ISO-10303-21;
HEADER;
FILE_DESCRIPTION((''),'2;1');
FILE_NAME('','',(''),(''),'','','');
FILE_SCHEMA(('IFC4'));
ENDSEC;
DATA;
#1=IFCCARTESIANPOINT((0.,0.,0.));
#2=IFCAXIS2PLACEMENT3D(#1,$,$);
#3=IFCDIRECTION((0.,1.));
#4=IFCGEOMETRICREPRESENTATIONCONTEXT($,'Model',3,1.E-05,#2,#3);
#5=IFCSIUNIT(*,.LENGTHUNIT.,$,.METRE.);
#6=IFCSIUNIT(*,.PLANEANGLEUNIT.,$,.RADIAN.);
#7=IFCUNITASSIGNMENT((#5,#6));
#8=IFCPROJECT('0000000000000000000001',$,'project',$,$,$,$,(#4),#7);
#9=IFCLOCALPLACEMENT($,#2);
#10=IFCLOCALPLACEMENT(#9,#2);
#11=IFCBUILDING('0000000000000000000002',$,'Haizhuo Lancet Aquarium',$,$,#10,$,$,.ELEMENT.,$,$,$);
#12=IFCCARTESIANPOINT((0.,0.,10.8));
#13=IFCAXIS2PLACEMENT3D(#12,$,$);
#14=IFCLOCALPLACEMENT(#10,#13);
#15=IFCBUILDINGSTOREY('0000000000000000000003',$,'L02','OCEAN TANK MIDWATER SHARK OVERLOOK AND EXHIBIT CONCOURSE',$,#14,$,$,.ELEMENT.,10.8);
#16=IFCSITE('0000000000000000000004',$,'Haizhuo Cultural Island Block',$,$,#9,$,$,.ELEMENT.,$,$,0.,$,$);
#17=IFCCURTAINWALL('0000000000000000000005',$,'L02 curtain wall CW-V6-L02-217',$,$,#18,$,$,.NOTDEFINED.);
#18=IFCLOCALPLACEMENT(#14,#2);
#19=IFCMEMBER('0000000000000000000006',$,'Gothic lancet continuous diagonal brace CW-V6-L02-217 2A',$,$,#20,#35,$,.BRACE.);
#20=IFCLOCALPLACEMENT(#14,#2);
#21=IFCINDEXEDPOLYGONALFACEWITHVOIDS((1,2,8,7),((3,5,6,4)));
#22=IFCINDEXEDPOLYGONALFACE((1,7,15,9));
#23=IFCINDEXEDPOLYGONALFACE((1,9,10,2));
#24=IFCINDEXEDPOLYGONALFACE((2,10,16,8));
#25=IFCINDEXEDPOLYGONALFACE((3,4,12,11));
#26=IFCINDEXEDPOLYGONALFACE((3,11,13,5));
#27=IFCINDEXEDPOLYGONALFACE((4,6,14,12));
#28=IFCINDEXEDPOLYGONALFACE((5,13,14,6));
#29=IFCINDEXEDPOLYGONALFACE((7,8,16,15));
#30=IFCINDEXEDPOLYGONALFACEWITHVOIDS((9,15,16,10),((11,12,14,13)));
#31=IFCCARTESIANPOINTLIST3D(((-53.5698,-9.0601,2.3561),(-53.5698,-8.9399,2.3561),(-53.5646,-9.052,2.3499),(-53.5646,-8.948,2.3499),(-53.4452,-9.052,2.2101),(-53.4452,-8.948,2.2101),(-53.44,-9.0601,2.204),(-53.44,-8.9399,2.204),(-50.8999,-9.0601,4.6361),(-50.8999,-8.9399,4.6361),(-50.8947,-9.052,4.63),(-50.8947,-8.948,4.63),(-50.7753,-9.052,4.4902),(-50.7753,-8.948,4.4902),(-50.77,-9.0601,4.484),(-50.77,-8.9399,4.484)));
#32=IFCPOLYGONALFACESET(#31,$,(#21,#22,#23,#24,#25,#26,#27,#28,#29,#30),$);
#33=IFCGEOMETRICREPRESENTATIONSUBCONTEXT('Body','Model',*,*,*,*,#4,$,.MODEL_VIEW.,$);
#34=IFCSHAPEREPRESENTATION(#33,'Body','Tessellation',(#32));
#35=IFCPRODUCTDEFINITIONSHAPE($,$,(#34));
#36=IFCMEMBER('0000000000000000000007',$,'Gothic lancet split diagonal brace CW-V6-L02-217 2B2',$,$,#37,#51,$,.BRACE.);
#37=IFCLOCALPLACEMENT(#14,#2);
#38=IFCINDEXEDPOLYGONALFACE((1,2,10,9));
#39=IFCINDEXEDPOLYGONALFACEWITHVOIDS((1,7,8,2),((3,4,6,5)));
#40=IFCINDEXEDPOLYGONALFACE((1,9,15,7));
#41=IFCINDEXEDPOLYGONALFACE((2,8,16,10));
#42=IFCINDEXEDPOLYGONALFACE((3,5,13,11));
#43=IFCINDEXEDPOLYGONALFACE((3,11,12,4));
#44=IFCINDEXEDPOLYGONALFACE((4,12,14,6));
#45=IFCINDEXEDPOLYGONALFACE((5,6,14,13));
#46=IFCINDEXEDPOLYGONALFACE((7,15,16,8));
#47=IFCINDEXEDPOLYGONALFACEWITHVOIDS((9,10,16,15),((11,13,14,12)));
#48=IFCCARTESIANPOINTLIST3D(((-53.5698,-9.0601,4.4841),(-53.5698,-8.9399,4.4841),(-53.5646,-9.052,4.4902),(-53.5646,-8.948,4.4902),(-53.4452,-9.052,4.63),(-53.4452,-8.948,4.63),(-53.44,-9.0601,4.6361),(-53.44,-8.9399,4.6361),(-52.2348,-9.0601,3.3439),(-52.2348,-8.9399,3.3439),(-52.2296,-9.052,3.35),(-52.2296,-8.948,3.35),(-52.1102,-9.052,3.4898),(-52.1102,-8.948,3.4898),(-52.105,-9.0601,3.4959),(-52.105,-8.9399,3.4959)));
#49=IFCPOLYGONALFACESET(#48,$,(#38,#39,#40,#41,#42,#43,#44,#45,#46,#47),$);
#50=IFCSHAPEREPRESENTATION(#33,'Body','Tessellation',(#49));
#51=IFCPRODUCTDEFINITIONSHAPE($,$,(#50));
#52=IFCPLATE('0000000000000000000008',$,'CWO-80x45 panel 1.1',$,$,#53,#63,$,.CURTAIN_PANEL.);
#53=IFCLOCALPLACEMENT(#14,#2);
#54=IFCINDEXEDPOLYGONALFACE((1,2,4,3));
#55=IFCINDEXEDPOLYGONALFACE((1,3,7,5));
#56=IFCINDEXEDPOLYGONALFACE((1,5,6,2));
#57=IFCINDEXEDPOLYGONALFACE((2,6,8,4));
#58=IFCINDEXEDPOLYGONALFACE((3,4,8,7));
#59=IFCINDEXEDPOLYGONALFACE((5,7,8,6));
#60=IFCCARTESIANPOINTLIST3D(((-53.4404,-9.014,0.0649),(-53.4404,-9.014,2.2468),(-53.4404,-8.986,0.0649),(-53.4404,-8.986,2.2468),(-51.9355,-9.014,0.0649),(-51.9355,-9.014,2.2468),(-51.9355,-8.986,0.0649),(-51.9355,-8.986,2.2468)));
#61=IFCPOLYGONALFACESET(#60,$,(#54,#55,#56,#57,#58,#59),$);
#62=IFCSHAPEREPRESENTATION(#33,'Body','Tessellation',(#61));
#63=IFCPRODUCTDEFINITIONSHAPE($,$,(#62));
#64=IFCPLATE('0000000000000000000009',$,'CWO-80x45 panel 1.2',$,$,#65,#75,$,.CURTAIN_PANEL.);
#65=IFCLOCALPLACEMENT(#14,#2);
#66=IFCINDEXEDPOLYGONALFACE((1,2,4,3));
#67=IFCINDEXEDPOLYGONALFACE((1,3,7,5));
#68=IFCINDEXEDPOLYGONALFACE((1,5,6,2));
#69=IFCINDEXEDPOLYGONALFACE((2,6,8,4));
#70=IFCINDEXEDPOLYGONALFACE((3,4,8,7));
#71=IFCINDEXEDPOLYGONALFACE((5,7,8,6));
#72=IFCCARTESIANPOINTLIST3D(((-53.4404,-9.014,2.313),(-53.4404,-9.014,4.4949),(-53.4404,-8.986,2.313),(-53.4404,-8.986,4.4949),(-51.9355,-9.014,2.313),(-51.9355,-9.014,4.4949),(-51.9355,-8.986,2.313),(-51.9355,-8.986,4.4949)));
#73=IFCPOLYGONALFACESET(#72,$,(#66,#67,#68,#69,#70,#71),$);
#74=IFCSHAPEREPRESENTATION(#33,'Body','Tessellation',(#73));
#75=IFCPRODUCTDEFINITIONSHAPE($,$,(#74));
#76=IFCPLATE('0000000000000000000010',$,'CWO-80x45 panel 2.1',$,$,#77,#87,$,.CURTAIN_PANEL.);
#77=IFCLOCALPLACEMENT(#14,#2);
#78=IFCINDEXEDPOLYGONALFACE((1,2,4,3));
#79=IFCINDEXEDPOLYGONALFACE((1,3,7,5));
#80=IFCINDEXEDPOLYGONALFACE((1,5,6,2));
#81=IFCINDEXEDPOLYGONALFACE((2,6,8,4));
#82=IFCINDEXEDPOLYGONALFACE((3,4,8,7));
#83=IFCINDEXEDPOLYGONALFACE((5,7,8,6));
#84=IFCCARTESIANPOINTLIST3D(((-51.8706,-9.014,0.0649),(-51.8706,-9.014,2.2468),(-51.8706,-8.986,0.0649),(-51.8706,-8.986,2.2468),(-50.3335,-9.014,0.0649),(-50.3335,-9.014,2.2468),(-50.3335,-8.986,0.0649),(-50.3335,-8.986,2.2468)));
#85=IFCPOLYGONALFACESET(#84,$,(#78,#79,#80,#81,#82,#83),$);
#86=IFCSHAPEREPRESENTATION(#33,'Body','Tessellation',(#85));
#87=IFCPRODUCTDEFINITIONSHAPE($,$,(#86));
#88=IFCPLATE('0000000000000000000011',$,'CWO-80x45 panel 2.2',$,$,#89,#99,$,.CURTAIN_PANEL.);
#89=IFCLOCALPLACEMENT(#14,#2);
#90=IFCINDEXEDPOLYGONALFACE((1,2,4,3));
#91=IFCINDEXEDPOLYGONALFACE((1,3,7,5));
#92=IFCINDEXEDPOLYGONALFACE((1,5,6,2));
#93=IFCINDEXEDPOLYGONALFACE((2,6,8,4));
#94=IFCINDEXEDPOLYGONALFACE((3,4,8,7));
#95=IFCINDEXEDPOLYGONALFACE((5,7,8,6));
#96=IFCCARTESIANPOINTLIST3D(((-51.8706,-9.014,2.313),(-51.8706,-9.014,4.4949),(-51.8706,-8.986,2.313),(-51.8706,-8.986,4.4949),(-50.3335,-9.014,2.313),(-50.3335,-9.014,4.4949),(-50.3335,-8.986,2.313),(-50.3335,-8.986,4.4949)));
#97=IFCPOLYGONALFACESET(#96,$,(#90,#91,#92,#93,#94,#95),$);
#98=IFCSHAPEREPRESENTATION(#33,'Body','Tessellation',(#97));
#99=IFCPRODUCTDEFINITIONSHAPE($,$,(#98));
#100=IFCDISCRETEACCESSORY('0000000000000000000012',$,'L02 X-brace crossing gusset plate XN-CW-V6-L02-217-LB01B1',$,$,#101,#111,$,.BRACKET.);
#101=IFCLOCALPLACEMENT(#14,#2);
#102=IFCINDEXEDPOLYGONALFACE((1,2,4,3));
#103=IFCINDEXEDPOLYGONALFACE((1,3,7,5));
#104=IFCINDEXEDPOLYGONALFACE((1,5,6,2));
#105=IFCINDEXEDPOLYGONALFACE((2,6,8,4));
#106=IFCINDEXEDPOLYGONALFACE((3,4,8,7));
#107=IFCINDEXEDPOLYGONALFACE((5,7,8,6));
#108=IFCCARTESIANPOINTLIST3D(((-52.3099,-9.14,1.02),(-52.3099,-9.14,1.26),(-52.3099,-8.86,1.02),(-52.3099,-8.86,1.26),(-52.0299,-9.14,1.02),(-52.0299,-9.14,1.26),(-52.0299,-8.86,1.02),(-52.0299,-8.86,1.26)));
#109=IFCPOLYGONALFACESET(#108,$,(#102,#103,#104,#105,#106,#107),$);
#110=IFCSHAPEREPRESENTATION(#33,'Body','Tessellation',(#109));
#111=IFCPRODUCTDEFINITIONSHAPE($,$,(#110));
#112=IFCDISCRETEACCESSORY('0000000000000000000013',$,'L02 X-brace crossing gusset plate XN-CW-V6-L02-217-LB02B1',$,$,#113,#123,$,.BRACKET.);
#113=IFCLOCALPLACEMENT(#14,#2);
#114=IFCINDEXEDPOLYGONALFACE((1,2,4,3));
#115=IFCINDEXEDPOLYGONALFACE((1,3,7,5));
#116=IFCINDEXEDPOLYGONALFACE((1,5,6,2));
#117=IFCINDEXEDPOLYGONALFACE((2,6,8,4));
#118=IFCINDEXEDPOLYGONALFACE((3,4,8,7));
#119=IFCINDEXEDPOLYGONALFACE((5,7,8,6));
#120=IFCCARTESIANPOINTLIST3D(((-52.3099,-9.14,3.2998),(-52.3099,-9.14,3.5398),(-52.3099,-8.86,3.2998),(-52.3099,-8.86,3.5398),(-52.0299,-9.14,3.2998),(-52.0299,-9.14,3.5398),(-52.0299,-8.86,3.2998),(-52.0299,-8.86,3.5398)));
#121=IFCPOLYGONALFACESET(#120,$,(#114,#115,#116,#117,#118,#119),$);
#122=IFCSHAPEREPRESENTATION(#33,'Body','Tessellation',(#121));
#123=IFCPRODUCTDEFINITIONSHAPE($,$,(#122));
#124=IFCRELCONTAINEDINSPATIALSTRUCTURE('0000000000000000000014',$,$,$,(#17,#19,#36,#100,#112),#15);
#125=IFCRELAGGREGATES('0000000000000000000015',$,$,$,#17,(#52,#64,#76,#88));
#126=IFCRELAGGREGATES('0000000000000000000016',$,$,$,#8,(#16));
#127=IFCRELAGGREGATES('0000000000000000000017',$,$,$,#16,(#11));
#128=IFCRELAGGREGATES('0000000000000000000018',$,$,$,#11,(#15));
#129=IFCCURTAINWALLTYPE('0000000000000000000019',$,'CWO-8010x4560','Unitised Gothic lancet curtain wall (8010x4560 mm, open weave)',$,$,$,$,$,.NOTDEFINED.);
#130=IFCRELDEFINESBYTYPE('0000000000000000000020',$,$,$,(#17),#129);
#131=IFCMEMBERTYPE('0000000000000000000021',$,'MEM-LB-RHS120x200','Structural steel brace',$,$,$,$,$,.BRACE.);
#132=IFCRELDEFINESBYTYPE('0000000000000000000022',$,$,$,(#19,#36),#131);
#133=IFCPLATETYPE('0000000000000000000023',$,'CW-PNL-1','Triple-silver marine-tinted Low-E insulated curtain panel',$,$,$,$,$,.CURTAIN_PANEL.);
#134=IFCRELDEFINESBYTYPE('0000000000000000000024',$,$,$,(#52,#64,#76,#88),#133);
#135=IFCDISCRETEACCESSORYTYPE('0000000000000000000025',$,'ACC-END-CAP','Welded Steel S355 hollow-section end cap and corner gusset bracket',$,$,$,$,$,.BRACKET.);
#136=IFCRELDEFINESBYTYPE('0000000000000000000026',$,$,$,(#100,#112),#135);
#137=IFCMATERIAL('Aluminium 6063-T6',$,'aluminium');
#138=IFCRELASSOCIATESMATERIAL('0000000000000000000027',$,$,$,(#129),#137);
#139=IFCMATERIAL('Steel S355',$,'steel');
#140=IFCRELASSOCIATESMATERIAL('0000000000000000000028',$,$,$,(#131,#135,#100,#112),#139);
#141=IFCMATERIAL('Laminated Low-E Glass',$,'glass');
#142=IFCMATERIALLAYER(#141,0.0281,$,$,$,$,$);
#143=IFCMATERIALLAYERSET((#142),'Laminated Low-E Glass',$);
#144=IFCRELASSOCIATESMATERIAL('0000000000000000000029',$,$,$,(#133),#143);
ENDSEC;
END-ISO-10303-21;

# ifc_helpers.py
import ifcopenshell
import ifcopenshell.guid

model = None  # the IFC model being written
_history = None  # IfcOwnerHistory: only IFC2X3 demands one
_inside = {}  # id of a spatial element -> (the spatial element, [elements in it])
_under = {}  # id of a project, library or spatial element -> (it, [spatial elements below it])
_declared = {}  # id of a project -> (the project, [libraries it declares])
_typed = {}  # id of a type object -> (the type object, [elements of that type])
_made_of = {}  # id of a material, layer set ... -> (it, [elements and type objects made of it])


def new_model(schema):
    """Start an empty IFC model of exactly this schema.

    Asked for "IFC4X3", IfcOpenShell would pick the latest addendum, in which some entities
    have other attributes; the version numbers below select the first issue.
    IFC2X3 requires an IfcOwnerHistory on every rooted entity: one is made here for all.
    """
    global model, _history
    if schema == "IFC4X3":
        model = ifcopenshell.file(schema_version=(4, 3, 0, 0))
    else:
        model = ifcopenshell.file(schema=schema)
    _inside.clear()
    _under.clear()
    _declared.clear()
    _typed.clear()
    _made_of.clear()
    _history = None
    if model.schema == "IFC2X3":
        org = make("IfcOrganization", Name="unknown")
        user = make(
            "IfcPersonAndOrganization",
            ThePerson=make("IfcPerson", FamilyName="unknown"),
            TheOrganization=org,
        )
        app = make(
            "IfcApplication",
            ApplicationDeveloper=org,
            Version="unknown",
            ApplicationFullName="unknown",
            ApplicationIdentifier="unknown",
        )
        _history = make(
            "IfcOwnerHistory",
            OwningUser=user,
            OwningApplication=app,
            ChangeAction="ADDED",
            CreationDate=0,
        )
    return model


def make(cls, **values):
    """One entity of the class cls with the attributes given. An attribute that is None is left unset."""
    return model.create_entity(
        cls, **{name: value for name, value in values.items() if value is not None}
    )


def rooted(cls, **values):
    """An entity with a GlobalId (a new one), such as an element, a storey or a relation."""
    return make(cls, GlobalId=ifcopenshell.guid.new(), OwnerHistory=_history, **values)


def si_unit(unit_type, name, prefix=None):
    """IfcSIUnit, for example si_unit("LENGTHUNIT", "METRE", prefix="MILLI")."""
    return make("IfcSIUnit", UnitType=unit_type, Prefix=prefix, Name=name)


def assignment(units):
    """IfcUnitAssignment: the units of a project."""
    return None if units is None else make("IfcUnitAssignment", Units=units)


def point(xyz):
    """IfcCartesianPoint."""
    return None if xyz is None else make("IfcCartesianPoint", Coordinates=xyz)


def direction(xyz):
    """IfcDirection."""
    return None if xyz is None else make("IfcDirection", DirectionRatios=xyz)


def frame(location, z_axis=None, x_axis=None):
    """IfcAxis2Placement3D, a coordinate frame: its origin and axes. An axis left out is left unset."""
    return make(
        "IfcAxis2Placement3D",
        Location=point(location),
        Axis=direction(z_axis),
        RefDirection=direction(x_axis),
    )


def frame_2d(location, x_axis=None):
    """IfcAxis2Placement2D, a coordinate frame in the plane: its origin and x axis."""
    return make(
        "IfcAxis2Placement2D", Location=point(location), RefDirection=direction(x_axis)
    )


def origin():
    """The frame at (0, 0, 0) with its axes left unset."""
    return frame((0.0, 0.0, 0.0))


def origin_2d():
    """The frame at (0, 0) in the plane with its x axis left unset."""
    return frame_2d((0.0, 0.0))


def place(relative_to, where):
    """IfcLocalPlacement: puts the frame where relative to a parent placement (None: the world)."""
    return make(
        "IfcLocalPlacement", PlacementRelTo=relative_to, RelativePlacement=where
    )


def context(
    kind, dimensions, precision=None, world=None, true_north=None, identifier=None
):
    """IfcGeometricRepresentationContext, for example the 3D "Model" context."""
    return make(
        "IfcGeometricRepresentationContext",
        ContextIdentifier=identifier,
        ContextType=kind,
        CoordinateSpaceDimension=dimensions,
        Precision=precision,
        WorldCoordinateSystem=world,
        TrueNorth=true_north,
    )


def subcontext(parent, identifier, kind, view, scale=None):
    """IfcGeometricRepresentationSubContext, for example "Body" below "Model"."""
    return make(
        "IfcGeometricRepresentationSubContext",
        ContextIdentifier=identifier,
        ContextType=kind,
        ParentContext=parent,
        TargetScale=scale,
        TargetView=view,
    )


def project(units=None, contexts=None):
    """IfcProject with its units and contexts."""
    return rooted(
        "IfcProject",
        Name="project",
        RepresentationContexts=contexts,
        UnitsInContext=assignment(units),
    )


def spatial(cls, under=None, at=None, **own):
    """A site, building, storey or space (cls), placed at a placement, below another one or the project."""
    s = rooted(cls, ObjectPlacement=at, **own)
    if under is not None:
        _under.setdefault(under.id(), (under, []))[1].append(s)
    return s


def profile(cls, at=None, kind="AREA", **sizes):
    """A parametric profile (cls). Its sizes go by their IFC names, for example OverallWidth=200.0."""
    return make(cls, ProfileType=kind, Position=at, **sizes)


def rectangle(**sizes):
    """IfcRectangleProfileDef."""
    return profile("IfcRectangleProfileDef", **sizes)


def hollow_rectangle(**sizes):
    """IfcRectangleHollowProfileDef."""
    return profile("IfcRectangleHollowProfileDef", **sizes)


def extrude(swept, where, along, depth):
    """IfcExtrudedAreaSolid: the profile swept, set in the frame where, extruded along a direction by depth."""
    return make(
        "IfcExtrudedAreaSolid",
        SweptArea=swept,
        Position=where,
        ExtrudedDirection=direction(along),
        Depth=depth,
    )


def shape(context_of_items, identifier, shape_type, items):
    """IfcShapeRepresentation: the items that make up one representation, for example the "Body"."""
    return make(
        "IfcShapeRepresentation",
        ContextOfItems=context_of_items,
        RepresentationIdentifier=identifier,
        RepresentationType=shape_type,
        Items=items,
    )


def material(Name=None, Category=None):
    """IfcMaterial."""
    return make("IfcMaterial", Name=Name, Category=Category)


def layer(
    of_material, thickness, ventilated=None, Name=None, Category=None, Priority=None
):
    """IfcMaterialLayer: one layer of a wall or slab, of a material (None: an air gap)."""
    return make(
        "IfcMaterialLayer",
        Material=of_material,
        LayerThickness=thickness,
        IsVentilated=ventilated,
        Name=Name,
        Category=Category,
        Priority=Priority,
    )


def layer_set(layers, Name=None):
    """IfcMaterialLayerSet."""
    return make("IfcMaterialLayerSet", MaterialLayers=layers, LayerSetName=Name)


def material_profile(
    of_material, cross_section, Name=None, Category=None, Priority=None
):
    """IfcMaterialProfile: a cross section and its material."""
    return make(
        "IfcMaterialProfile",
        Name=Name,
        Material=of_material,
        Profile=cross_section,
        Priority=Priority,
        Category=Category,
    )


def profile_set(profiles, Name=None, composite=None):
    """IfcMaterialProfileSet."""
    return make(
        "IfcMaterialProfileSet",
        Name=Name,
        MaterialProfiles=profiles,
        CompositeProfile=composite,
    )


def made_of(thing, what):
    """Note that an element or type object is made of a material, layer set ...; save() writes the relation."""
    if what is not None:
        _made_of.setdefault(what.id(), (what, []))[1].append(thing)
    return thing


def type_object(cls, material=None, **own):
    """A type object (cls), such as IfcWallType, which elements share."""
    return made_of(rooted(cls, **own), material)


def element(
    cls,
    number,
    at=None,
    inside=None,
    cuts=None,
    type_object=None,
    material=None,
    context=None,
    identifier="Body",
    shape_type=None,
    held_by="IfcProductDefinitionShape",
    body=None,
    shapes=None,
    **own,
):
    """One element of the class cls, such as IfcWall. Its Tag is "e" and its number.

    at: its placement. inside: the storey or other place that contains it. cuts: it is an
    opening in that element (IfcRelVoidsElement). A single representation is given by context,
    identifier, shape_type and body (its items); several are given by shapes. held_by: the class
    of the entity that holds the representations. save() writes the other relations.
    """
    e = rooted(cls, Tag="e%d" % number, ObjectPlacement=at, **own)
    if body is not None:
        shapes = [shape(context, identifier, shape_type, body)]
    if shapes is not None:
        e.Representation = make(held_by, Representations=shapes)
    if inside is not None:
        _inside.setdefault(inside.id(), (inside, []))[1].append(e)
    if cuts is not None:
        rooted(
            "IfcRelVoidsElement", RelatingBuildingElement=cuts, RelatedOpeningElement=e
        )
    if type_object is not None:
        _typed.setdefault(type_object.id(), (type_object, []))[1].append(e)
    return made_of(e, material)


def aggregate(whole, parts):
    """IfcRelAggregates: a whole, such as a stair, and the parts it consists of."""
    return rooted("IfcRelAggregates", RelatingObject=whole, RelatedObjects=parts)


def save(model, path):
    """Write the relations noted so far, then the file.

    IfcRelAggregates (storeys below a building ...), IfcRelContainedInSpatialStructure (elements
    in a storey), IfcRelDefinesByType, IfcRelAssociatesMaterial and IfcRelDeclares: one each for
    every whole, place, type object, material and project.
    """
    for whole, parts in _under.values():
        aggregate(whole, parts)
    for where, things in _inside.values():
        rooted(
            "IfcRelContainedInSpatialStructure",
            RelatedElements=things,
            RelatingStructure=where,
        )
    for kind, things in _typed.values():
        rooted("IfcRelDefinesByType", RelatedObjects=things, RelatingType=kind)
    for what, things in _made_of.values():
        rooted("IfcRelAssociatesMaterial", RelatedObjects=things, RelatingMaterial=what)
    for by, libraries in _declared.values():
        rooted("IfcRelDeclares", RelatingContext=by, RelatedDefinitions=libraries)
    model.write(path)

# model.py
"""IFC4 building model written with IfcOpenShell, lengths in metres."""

from ifc_helpers import new_model, si_unit, direction, frame, origin, origin_2d, place, context, subcontext, project, spatial, rectangle, hollow_rectangle, extrude, material, layer, layer_set, material_profile, profile_set, type_object, element, aggregate, save


model = new_model("IFC4")

# Units and contexts
model_context = context("Model", 3, precision=1e-05, world=origin(), true_north=direction((0.0, 1.0)))
body_context = subcontext(model_context, "Body", "Model", "MODEL_VIEW")
ifc_project = project(units=[si_unit("LENGTHUNIT", "METRE"), si_unit("PLANEANGLEUNIT", "RADIAN")], contexts=[model_context])

# Site, building, storey
site_placement = place(None, origin())
site = spatial("IfcSite", under=ifc_project, at=site_placement, Name="Haizhuo Cultural Island Block", CompositionType="ELEMENT", RefElevation=0.0)
building_placement = place(site_placement, origin())
building = spatial("IfcBuilding", under=site, at=building_placement, Name="Haizhuo Lancet Aquarium", CompositionType="ELEMENT")
storey_placement = place(building_placement, frame((0.0, 0.0, 10.8)))
storey = spatial("IfcBuildingStorey", under=building, at=storey_placement, Name="L02", Description="OCEAN TANK MIDWATER SHARK OVERLOOK AND EXHIBIT CONCOURSE", CompositionType="ELEMENT", Elevation=10.8)

# Shared definitions
ifc_material_1 = material(Name="Steel S355", Category="steel")

# Curtain wall
ifc_material_2 = material(Name="Aluminium 6063-T6", Category="aluminium")
curtain_wall_type = type_object("IfcCurtainWallType", Name="CWO-8010x4560", Description="Unitised Gothic lancet curtain wall (8010x4560 mm, open weave)", PredefinedType="NOTDEFINED", material=ifc_material_2)
curtain_wall_placement = place(storey_placement, origin())
curtain_wall = element("IfcCurtainWall", 1, at=curtain_wall_placement, inside=storey, type_object=curtain_wall_type, Name="L02 curtain wall CW-V6-L02-217", PredefinedType="NOTDEFINED")

# Members
ifc_material_profile_1 = material_profile(ifc_material_1, hollow_rectangle(XDim=0.1201, YDim=0.2, WallThickness=0.0081, at=origin_2d()), Name="RHS 120x200x8")
ifc_profile_set_1 = profile_set([ifc_material_profile_1], Name="Steel S355")
member_type_1 = type_object("IfcMemberType", Name="MEM-LB-RHS120x200", Description="Structural steel brace", PredefinedType="BRACE", material=ifc_profile_set_1)
member_1_placement = place(storey_placement, frame((-53.5049, -9.0, 2.28), z_axis=(0.760448, 0.0, 0.649399), x_axis=(0.0, 1.0, 0.0)))
element("IfcMember", 2, at=member_1_placement, inside=storey, type_object=member_type_1, Name="Gothic lancet continuous diagonal brace CW-V6-L02-217 2A", PredefinedType="BRACE", context=body_context, shape_type="SweptSolid", body=[
    extrude(hollow_rectangle(XDim=0.1201, YDim=0.2, WallThickness=0.0081, at=origin_2d()), origin(), (0.0, 0.0, 1.0), 3.511),
])
member_2_placement = place(storey_placement, frame((-52.1699, -9.0, 3.4199), z_axis=(-0.760414, 0.0, 0.649439), x_axis=(0.0, -1.0, 0.0)))
element("IfcMember", 3, at=member_2_placement, inside=storey, type_object=member_type_1, Name="Gothic lancet split diagonal brace CW-V6-L02-217 2B2", PredefinedType="BRACE", context=body_context, shape_type="SweptSolid", body=[
    extrude(hollow_rectangle(XDim=0.1201, YDim=0.2, WallThickness=0.0081, at=origin_2d()), origin(), (0.0, 0.0, 1.0), 1.7556),
])

# Plates
ifc_material_3 = material(Name="Laminated Low-E Glass", Category="glass")
ifc_layer = layer(ifc_material_3, 0.0281)
ifc_layer_set = layer_set([ifc_layer], Name="Laminated Low-E Glass")
plate_type = type_object("IfcPlateType", Name="CW-PNL-1", Description="Triple-silver marine-tinted Low-E insulated curtain panel", PredefinedType="CURTAIN_PANEL", material=ifc_layer_set)
plate_1_placement = place(storey_placement, frame((-52.688, -9.0, 0.0649), z_axis=(0.0, 0.0, 1.0), x_axis=(1.0, 0.0, 0.0)))
plate_1 = element("IfcPlate", 4, at=plate_1_placement, type_object=plate_type, Name="CWO-80x45 panel 1.1", PredefinedType="CURTAIN_PANEL", context=body_context, shape_type="SweptSolid", body=[
    extrude(rectangle(XDim=1.5049, YDim=0.0281, at=origin_2d()), origin(), (0.0, 0.0, 1.0), 2.1819),
])
plate_2_placement = place(storey_placement, frame((-52.688, -9.0, 2.313), z_axis=(0.0, 0.0, 1.0), x_axis=(1.0, 0.0, 0.0)))
plate_2 = element("IfcPlate", 5, at=plate_2_placement, type_object=plate_type, Name="CWO-80x45 panel 1.2", PredefinedType="CURTAIN_PANEL", context=body_context, shape_type="SweptSolid", body=[
    extrude(rectangle(XDim=1.5049, YDim=0.0281, at=origin_2d()), origin(), (0.0, 0.0, 1.0), 2.1819),
])
plate_3_placement = place(storey_placement, frame((-51.1021, -9.0, 0.0649), z_axis=(0.0, 0.0, 1.0), x_axis=(1.0, 0.0, 0.0)))
plate_3 = element("IfcPlate", 6, at=plate_3_placement, type_object=plate_type, Name="CWO-80x45 panel 2.1", PredefinedType="CURTAIN_PANEL", context=body_context, shape_type="SweptSolid", body=[
    extrude(rectangle(XDim=1.5371, YDim=0.0281, at=origin_2d()), origin(), (0.0, 0.0, 1.0), 2.1819),
])
plate_4_placement = place(storey_placement, frame((-51.1021, -9.0, 2.313), z_axis=(0.0, 0.0, 1.0), x_axis=(1.0, 0.0, 0.0)))
plate_4 = element("IfcPlate", 7, at=plate_4_placement, type_object=plate_type, Name="CWO-80x45 panel 2.2", PredefinedType="CURTAIN_PANEL", context=body_context, shape_type="SweptSolid", body=[
    extrude(rectangle(XDim=1.5371, YDim=0.0281, at=origin_2d()), origin(), (0.0, 0.0, 1.0), 2.1819),
])
aggregate(curtain_wall, [plate_1, plate_2, plate_3, plate_4])

# Discrete accessories
discrete_accessory_type = type_object("IfcDiscreteAccessoryType", Name="ACC-END-CAP", Description="Welded Steel S355 hollow-section end cap and corner gusset bracket", PredefinedType="BRACKET", material=ifc_material_1)
for number, where, z_axis, x_axis, name in (
    (8, (-52.1699, -9.0, 1.02), (0.0, 0.0, 1.0), (1.0, 0.0, 0.0), "L02 X-brace crossing gusset plate XN-CW-V6-L02-217-LB01B1"),
    (9, (-52.1699, -9.0, 3.2998), (0.0, 0.0, 1.0), (1.0, 0.0, 0.0), "L02 X-brace crossing gusset plate XN-CW-V6-L02-217-LB02B1"),
):
    element("IfcDiscreteAccessory", number, at=place(storey_placement, frame(where, z_axis=z_axis, x_axis=x_axis)), inside=storey, type_object=discrete_accessory_type, material=ifc_material_1, Name=name, PredefinedType="BRACKET", context=body_context, shape_type="SweptSolid", body=[
        extrude(rectangle(XDim=0.28, YDim=0.28, at=origin_2d()), origin(), (0.0, 0.0, 1.0), 0.24),
    ])

save(model, "model.ifc")
